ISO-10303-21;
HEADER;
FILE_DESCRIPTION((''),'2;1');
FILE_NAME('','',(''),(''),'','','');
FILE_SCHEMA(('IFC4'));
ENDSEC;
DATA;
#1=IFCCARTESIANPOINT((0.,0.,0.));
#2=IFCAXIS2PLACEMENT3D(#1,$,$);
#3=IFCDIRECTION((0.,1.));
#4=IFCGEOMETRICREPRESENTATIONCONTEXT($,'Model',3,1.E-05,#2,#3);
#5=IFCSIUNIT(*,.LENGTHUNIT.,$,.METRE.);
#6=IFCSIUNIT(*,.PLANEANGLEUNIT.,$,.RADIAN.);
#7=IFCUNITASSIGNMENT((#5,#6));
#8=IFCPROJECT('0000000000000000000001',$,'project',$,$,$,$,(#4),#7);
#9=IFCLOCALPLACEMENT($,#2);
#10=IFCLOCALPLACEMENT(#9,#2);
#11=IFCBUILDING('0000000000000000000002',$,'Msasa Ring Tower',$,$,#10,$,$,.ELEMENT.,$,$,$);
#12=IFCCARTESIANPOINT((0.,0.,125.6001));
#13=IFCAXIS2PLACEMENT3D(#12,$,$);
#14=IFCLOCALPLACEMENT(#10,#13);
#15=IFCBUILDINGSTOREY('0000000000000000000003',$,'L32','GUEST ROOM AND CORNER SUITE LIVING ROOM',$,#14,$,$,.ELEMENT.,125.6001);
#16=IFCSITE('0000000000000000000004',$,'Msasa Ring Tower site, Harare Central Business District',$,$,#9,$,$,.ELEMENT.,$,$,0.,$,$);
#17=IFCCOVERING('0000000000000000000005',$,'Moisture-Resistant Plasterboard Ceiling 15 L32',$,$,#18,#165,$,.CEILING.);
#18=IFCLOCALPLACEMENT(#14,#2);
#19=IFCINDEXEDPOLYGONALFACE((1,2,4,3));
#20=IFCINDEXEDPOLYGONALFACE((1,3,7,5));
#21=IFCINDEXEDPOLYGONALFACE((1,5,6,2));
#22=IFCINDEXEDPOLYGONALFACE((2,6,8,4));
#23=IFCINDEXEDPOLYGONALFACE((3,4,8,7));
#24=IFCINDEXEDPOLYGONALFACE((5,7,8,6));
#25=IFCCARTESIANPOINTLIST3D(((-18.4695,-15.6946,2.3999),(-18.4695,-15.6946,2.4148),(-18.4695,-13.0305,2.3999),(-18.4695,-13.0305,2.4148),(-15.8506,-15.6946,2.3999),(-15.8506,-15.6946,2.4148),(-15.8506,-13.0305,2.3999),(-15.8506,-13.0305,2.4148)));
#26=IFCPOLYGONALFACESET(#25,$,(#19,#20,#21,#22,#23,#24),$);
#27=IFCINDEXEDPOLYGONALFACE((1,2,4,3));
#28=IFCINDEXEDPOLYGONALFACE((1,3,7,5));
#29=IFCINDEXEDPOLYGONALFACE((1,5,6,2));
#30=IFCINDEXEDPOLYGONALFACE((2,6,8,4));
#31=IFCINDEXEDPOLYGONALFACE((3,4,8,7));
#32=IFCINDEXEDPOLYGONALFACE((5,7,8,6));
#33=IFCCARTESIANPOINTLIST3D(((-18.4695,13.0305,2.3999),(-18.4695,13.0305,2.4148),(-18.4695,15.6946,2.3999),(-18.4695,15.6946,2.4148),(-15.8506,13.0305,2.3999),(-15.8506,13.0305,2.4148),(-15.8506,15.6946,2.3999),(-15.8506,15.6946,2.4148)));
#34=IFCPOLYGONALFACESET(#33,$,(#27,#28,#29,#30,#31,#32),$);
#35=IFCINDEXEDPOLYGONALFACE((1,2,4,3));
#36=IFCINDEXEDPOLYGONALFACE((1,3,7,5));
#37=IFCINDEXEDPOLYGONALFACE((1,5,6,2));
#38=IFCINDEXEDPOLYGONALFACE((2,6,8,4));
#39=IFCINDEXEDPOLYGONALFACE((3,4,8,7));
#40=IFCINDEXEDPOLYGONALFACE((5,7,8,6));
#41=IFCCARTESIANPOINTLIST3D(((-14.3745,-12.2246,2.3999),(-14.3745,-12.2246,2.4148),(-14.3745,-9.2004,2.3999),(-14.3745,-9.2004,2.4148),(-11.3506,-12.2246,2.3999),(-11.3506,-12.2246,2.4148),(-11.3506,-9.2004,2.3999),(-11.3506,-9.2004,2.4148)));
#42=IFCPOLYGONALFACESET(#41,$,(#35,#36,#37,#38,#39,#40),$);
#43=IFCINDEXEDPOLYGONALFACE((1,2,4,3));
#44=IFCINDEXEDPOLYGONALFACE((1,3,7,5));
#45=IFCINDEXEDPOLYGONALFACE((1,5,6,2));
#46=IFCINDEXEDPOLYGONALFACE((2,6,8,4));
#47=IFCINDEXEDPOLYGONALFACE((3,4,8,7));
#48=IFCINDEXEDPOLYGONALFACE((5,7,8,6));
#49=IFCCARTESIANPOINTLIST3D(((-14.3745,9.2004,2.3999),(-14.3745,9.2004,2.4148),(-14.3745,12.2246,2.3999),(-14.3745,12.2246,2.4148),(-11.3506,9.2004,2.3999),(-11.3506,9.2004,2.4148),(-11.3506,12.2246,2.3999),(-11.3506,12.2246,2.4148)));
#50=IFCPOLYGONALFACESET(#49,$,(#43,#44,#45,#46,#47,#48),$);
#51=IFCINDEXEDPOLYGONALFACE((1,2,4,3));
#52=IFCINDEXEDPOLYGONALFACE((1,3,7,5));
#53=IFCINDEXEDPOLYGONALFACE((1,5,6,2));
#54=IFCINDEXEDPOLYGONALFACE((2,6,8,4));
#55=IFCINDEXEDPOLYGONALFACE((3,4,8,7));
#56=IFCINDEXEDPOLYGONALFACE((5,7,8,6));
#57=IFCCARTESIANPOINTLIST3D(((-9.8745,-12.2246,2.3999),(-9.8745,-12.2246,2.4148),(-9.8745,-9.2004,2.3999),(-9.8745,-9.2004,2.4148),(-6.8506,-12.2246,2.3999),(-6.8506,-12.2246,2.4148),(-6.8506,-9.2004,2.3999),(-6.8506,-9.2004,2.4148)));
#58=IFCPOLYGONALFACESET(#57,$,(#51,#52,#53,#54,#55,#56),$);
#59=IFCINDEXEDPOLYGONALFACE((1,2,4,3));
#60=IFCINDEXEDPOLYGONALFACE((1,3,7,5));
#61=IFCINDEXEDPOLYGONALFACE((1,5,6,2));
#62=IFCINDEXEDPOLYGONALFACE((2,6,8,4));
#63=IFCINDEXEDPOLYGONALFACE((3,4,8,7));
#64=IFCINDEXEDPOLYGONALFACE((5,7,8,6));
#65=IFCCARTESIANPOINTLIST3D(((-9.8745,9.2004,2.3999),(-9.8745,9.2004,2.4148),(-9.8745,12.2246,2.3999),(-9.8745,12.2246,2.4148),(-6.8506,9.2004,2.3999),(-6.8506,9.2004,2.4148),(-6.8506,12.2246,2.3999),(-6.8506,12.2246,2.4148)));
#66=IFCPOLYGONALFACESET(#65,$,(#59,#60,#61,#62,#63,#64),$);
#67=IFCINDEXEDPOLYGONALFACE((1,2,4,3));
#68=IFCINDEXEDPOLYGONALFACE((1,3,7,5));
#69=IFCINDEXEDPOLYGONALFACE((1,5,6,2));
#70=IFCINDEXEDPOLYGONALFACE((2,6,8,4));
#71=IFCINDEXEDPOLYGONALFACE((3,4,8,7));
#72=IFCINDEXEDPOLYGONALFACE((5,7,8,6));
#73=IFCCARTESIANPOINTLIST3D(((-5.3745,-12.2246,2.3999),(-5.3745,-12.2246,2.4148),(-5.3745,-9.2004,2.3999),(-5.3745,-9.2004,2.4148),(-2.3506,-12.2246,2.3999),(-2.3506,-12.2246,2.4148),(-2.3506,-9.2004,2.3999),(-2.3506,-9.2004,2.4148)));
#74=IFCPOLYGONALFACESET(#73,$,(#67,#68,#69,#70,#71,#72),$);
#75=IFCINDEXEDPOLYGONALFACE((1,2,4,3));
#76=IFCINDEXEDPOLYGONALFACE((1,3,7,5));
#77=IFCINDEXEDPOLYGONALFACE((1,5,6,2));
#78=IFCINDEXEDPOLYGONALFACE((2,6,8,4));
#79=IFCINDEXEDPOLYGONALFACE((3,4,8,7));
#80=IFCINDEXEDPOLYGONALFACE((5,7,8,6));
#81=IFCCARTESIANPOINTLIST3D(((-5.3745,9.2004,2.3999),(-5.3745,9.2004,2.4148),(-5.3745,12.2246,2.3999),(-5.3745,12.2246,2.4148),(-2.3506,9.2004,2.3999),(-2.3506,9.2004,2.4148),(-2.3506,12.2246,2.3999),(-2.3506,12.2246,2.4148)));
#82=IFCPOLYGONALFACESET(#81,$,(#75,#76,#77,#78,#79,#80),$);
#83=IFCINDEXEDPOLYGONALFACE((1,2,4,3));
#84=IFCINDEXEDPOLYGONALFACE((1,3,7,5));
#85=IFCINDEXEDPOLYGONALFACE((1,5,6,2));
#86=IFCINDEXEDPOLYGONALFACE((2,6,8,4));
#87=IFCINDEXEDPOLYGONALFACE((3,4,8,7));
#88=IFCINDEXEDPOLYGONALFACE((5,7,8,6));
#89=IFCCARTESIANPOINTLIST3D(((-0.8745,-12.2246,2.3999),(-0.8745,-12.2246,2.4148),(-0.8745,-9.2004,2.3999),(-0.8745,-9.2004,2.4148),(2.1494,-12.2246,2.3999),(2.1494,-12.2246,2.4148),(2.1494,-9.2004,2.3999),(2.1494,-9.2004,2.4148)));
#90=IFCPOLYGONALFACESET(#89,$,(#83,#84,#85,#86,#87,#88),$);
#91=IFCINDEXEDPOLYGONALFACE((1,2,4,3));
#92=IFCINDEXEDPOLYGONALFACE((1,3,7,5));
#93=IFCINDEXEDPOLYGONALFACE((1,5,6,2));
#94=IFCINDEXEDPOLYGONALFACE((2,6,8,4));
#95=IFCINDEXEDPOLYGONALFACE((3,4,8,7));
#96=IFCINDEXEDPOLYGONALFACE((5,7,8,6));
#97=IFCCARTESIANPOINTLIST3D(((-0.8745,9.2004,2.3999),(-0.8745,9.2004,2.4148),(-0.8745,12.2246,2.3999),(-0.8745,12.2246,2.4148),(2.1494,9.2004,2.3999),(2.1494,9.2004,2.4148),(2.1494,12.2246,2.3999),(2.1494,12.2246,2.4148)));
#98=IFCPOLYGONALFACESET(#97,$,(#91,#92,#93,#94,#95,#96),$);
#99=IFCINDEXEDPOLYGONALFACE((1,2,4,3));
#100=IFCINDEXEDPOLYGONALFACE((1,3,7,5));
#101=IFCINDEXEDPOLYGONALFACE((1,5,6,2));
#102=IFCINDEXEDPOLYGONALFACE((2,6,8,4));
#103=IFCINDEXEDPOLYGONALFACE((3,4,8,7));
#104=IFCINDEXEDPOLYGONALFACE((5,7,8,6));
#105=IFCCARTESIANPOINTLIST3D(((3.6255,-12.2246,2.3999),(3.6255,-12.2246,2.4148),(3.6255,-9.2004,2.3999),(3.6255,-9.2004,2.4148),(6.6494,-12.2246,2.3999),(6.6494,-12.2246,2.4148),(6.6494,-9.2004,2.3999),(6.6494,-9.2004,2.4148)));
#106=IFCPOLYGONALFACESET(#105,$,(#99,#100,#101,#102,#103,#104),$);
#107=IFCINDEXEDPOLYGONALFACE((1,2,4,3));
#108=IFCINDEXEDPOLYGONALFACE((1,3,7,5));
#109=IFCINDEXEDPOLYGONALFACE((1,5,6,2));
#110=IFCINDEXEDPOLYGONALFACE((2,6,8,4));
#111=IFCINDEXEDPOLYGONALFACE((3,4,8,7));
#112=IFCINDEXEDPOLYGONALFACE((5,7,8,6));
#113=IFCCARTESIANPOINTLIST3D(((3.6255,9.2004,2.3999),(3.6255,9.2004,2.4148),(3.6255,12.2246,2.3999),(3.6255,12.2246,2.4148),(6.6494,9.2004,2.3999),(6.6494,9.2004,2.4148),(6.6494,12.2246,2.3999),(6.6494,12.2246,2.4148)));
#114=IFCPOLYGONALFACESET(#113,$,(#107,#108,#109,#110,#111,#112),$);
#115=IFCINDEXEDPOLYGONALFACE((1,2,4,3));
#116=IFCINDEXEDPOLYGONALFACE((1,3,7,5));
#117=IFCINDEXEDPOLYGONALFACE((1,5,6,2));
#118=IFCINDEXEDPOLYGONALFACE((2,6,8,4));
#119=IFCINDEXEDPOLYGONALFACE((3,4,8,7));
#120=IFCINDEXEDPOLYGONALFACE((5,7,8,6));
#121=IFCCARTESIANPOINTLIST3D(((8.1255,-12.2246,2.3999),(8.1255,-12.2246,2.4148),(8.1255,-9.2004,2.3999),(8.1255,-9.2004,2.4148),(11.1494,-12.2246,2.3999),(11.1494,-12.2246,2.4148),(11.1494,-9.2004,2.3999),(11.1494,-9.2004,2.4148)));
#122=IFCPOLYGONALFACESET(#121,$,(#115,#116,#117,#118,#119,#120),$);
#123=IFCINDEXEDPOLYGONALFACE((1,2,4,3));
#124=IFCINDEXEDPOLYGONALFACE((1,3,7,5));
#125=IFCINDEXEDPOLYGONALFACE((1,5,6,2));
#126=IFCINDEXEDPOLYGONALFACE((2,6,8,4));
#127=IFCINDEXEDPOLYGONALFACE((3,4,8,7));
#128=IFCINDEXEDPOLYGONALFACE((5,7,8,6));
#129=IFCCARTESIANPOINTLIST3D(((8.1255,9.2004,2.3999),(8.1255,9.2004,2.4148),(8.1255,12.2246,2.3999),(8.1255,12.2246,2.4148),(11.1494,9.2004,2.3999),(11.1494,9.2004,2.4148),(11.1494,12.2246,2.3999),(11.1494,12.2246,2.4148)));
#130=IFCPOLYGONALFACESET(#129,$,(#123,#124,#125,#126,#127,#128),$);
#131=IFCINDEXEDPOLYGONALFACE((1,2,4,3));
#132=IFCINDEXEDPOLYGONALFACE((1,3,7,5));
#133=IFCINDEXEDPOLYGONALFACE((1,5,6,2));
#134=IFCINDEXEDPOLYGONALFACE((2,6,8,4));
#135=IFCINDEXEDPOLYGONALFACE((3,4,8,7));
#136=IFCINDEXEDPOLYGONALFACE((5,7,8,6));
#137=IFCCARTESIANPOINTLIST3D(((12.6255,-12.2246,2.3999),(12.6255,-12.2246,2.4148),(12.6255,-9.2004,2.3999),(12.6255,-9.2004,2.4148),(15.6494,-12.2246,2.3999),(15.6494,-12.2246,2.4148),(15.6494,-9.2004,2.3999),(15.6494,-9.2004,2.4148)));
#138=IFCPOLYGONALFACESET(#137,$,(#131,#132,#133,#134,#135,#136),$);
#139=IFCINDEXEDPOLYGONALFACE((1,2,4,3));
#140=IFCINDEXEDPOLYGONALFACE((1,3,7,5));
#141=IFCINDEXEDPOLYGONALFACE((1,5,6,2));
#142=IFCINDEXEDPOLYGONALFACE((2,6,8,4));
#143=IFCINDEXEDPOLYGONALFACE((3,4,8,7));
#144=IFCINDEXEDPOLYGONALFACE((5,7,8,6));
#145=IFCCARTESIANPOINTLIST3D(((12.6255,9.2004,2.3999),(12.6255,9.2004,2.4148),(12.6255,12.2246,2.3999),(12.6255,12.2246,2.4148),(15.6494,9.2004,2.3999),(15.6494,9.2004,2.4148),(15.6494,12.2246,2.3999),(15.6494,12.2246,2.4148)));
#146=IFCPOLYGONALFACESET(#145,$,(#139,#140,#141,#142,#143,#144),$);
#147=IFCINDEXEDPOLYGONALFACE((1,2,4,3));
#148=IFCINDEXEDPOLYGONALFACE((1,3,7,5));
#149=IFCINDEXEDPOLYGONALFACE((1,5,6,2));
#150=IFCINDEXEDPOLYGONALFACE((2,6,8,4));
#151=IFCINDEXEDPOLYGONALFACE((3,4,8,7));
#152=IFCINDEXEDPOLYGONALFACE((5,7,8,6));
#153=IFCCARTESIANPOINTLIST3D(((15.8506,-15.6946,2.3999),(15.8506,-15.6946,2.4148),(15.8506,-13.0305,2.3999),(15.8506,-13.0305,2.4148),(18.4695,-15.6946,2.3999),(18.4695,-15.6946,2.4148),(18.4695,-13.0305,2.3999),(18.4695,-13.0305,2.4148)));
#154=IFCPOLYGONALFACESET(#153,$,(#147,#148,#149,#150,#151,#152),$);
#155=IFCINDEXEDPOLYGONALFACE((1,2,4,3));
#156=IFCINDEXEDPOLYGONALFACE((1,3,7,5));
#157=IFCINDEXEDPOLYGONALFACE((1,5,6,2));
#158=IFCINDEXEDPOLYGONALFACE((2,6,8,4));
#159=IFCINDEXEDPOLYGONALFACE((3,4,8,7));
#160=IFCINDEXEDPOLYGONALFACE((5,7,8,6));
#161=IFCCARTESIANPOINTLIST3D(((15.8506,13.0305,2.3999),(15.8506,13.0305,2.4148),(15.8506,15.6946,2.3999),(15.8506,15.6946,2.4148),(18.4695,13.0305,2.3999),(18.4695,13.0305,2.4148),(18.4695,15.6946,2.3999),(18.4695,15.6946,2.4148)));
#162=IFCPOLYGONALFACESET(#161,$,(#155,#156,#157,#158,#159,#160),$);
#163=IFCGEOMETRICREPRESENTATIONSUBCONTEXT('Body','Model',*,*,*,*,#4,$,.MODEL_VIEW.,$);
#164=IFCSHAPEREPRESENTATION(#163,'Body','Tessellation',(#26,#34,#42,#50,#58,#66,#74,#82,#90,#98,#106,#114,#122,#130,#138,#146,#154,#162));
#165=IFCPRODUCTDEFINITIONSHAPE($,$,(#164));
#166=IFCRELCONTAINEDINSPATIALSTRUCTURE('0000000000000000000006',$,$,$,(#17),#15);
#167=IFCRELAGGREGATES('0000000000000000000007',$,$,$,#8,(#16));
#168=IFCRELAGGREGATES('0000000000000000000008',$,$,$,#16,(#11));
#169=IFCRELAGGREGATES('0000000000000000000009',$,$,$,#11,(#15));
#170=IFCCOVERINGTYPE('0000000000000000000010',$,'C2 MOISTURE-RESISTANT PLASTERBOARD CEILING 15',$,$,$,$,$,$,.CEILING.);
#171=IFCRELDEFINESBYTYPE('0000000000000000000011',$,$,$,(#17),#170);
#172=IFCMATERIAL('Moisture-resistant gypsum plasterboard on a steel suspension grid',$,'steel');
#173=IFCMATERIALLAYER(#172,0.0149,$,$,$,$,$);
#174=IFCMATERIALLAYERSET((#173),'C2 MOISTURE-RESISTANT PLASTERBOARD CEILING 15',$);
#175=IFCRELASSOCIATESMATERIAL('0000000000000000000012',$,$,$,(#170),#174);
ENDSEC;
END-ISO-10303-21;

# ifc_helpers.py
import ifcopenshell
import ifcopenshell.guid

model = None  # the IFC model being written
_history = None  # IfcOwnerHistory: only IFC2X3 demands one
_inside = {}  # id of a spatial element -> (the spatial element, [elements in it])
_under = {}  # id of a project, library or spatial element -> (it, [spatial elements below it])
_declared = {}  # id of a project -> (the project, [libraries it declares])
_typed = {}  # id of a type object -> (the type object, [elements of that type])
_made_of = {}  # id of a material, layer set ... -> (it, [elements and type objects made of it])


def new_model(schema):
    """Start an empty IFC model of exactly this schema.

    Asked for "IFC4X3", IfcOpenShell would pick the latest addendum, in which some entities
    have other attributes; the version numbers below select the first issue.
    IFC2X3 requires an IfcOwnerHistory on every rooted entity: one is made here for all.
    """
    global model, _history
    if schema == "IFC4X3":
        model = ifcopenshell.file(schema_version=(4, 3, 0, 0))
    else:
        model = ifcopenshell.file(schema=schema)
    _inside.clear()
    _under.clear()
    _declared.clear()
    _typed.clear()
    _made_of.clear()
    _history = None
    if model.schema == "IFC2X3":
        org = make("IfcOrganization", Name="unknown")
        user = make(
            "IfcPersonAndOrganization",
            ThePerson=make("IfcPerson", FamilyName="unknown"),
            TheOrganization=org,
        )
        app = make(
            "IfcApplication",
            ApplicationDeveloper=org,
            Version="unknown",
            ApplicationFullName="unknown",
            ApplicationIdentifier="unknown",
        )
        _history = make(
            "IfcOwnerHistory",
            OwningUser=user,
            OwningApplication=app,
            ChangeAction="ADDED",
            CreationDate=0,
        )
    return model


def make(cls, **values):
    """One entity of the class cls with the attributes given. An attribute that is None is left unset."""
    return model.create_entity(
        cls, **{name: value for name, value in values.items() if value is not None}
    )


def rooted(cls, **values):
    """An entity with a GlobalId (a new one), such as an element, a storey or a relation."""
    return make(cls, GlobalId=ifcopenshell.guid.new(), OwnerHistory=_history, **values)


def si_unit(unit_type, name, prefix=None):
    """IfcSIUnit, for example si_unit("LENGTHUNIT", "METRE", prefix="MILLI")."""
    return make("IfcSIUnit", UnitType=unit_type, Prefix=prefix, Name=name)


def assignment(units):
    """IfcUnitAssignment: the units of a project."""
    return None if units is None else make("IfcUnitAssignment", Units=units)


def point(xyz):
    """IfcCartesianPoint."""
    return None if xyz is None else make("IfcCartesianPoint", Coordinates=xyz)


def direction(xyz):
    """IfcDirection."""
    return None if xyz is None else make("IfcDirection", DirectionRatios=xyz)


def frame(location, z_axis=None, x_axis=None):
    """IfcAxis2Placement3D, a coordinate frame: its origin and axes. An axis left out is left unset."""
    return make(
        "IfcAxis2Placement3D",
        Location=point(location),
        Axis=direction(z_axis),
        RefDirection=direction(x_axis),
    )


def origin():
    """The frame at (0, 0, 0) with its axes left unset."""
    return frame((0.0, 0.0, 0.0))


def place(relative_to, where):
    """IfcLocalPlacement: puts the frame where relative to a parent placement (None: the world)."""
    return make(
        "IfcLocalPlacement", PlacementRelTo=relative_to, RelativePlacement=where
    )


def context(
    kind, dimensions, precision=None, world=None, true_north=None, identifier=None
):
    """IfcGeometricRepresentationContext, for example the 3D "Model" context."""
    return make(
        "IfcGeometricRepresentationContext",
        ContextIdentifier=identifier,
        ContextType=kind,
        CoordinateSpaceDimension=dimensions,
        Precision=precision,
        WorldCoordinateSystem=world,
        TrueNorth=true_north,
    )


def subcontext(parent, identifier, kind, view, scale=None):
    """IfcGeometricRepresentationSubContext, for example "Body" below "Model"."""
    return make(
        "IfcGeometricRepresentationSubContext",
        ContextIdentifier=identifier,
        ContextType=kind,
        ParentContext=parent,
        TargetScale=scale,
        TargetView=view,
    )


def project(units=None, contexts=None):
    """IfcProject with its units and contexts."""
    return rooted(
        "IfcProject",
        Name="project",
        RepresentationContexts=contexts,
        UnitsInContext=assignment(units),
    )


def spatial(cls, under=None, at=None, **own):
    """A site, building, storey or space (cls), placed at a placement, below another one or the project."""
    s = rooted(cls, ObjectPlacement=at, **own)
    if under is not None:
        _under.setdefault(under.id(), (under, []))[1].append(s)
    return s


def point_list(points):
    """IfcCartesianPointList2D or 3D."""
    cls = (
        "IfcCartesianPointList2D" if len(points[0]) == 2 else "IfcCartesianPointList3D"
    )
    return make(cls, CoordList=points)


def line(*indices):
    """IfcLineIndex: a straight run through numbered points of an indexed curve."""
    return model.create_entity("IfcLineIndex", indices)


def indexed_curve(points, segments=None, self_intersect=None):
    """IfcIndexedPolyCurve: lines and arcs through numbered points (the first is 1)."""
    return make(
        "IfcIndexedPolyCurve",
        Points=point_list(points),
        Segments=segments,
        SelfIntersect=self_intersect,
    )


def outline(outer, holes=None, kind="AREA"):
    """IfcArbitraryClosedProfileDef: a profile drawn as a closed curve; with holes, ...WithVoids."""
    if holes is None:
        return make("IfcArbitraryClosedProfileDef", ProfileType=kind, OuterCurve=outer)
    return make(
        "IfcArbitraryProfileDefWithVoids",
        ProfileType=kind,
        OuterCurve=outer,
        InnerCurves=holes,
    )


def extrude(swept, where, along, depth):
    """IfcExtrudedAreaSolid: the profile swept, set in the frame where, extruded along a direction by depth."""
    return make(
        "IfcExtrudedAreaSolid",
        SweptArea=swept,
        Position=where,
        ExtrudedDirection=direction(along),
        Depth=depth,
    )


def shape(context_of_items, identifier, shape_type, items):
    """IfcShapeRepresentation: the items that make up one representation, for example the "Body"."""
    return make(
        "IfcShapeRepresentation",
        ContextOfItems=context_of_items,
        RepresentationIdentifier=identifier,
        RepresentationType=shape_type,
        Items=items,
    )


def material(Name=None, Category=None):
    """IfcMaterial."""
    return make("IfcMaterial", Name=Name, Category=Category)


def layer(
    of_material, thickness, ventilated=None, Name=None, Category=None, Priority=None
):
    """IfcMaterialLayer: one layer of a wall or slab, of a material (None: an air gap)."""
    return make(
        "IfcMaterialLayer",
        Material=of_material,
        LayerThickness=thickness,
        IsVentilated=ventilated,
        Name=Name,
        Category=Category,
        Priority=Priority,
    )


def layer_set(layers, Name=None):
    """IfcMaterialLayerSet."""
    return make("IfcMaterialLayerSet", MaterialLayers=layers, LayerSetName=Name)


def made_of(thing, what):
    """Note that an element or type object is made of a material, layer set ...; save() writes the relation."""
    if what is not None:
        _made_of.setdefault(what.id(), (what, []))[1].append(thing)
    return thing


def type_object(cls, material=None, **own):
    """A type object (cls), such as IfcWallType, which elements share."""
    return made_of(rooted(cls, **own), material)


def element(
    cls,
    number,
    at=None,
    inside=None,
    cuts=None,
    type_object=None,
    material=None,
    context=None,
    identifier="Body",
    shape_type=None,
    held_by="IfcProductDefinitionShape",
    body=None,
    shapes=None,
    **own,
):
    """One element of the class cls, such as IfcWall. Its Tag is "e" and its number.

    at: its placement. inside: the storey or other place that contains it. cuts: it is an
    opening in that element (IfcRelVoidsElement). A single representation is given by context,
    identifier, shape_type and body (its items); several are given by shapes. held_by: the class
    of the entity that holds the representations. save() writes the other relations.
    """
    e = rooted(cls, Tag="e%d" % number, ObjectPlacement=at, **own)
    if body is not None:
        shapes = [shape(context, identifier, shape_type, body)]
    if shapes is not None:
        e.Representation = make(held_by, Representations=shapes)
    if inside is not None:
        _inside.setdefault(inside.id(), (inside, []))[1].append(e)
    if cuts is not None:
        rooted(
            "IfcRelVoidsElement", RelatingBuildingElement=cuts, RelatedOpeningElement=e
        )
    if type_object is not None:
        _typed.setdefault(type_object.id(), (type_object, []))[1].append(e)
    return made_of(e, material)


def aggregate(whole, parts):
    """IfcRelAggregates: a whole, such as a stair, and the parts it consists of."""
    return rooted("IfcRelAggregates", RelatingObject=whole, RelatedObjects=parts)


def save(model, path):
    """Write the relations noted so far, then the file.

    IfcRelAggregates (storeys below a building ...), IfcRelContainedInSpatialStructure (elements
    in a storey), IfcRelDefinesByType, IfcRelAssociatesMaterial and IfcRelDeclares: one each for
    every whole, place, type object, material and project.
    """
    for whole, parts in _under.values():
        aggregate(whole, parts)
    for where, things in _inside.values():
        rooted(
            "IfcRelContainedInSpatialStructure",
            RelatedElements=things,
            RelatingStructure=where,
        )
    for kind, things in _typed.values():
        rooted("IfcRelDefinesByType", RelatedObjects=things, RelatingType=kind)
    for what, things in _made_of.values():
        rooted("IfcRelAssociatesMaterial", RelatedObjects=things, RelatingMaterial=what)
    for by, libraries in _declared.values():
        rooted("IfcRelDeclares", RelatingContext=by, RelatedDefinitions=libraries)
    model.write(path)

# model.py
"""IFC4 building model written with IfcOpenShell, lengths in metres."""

from ifc_helpers import new_model, si_unit, direction, frame, origin, place, context, subcontext, project, spatial, line, indexed_curve, outline, extrude, material, layer, layer_set, type_object, element, save


model = new_model("IFC4")

# Units and contexts
model_context = context("Model", 3, precision=1e-05, world=origin(), true_north=direction((0.0, 1.0)))
body_context = subcontext(model_context, "Body", "Model", "MODEL_VIEW")
ifc_project = project(units=[si_unit("LENGTHUNIT", "METRE"), si_unit("PLANEANGLEUNIT", "RADIAN")], contexts=[model_context])

# Site, building, storey
site_placement = place(None, origin())
site = spatial("IfcSite", under=ifc_project, at=site_placement, Name="Msasa Ring Tower site, Harare Central Business District", CompositionType="ELEMENT", RefElevation=0.0)
building_placement = place(site_placement, origin())
building = spatial("IfcBuilding", under=site, at=building_placement, Name="Msasa Ring Tower", CompositionType="ELEMENT")
storey_placement = place(building_placement, frame((0.0, 0.0, 125.6001)))
storey = spatial("IfcBuildingStorey", under=building, at=storey_placement, Name="L32", Description="GUEST ROOM AND CORNER SUITE LIVING ROOM", CompositionType="ELEMENT", Elevation=125.6001)

# Covering
ifc_material_1 = material(Name="Moisture-resistant gypsum plasterboard on a steel suspension grid", Category="steel")
ifc_layer_1 = layer(ifc_material_1, 0.0149)
ifc_layer_set_1 = layer_set([ifc_layer_1], Name="C2 MOISTURE-RESISTANT PLASTERBOARD CEILING 15")
covering_type_1 = type_object("IfcCoveringType", Name="C2 MOISTURE-RESISTANT PLASTERBOARD CEILING 15", PredefinedType="CEILING", material=ifc_layer_set_1)
covering_1_placement = place(storey_placement, frame((0.0, 0.0, 2.3999)))
element("IfcCovering", 1, at=covering_1_placement, inside=storey, type_object=covering_type_1, Name="Moisture-Resistant Plasterboard Ceiling 15 L32", PredefinedType="CEILING", context=body_context, shape_type="SweptSolid", body=[
    extrude(outline(indexed_curve([(-18.4695, -13.0305), (-15.8506, -13.0305), (-15.8506, -15.6946), (-18.4695, -15.6946)], segments=[line(1, 2, 3, 4, 1)], self_intersect=False)), origin(), (0.0, 0.0, 1.0), 0.0149),
    extrude(outline(indexed_curve([(-15.8506, 15.6946), (-15.8506, 13.0305), (-18.4695, 13.0305), (-18.4695, 15.6946)], segments=[line(1, 2, 3, 4, 1)], self_intersect=False)), origin(), (0.0, 0.0, 1.0), 0.0149),
    extrude(outline(indexed_curve([(-11.3506, -9.2004), (-11.3506, -12.2246), (-14.3745, -12.2246), (-14.3745, -9.2004)], segments=[line(1, 2, 3, 4, 1)], self_intersect=False)), origin(), (0.0, 0.0, 1.0), 0.0149),
    extrude(outline(indexed_curve([(-11.3506, 9.2004), (-14.3745, 9.2004), (-14.3745, 12.2246), (-11.3506, 12.2246)], segments=[line(1, 2, 3, 4, 1)], self_intersect=False)), origin(), (0.0, 0.0, 1.0), 0.0149),
    extrude(outline(indexed_curve([(-6.8506, -9.2004), (-6.8506, -12.2246), (-9.8745, -12.2246), (-9.8745, -9.2004)], segments=[line(1, 2, 3, 4, 1)], self_intersect=False)), origin(), (0.0, 0.0, 1.0), 0.0149),
    extrude(outline(indexed_curve([(-6.8506, 9.2004), (-9.8745, 9.2004), (-9.8745, 12.2246), (-6.8506, 12.2246)], segments=[line(1, 2, 3, 4, 1)], self_intersect=False)), origin(), (0.0, 0.0, 1.0), 0.0149),
    extrude(outline(indexed_curve([(-2.3506, -9.2004), (-2.3506, -12.2246), (-5.3745, -12.2246), (-5.3745, -9.2004)], segments=[line(1, 2, 3, 4, 1)], self_intersect=False)), origin(), (0.0, 0.0, 1.0), 0.0149),
    extrude(outline(indexed_curve([(-2.3506, 9.2004), (-5.3745, 9.2004), (-5.3745, 12.2246), (-2.3506, 12.2246)], segments=[line(1, 2, 3, 4, 1)], self_intersect=False)), origin(), (0.0, 0.0, 1.0), 0.0149),
    extrude(outline(indexed_curve([(2.1494, -9.2004), (2.1494, -12.2246), (-0.8745, -12.2246), (-0.8745, -9.2004)], segments=[line(1, 2, 3, 4, 1)], self_intersect=False)), origin(), (0.0, 0.0, 1.0), 0.0149),
    extrude(outline(indexed_curve([(2.1494, 9.2004), (-0.8745, 9.2004), (-0.8745, 12.2246), (2.1494, 12.2246)], segments=[line(1, 2, 3, 4, 1)], self_intersect=False)), origin(), (0.0, 0.0, 1.0), 0.0149),
    extrude(outline(indexed_curve([(6.6494, -9.2004), (6.6494, -12.2246), (3.6255, -12.2246), (3.6255, -9.2004)], segments=[line(1, 2, 3, 4, 1)], self_intersect=False)), origin(), (0.0, 0.0, 1.0), 0.0149),
    extrude(outline(indexed_curve([(6.6494, 9.2004), (3.6255, 9.2004), (3.6255, 12.2246), (6.6494, 12.2246)], segments=[line(1, 2, 3, 4, 1)], self_intersect=False)), origin(), (0.0, 0.0, 1.0), 0.0149),
    extrude(outline(indexed_curve([(11.1494, -9.2004), (11.1494, -12.2246), (8.1255, -12.2246), (8.1255, -9.2004)], segments=[line(1, 2, 3, 4, 1)], self_intersect=False)), origin(), (0.0, 0.0, 1.0), 0.0149),
    extrude(outline(indexed_curve([(11.1494, 9.2004), (8.1255, 9.2004), (8.1255, 12.2246), (11.1494, 12.2246)], segments=[line(1, 2, 3, 4, 1)], self_intersect=False)), origin(), (0.0, 0.0, 1.0), 0.0149),
    extrude(outline(indexed_curve([(15.6494, -9.2004), (15.6494, -12.2246), (12.6255, -12.2246), (12.6255, -9.2004)], segments=[line(1, 2, 3, 4, 1)], self_intersect=False)), origin(), (0.0, 0.0, 1.0), 0.0149),
    extrude(outline(indexed_curve([(15.6494, 9.2004), (12.6255, 9.2004), (12.6255, 12.2246), (15.6494, 12.2246)], segments=[line(1, 2, 3, 4, 1)], self_intersect=False)), origin(), (0.0, 0.0, 1.0), 0.0149),
    extrude(outline(indexed_curve([(15.8506, -13.0305), (18.4695, -13.0305), (18.4695, -15.6946), (15.8506, -15.6946)], segments=[line(1, 2, 3, 4, 1)], self_intersect=False)), origin(), (0.0, 0.0, 1.0), 0.0149),
    extrude(outline(indexed_curve([(18.4695, 15.6946), (18.4695, 13.0305), (15.8506, 13.0305), (15.8506, 15.6946)], segments=[line(1, 2, 3, 4, 1)], self_intersect=False)), origin(), (0.0, 0.0, 1.0), 0.0149),
])

save(model, "model.ifc")
